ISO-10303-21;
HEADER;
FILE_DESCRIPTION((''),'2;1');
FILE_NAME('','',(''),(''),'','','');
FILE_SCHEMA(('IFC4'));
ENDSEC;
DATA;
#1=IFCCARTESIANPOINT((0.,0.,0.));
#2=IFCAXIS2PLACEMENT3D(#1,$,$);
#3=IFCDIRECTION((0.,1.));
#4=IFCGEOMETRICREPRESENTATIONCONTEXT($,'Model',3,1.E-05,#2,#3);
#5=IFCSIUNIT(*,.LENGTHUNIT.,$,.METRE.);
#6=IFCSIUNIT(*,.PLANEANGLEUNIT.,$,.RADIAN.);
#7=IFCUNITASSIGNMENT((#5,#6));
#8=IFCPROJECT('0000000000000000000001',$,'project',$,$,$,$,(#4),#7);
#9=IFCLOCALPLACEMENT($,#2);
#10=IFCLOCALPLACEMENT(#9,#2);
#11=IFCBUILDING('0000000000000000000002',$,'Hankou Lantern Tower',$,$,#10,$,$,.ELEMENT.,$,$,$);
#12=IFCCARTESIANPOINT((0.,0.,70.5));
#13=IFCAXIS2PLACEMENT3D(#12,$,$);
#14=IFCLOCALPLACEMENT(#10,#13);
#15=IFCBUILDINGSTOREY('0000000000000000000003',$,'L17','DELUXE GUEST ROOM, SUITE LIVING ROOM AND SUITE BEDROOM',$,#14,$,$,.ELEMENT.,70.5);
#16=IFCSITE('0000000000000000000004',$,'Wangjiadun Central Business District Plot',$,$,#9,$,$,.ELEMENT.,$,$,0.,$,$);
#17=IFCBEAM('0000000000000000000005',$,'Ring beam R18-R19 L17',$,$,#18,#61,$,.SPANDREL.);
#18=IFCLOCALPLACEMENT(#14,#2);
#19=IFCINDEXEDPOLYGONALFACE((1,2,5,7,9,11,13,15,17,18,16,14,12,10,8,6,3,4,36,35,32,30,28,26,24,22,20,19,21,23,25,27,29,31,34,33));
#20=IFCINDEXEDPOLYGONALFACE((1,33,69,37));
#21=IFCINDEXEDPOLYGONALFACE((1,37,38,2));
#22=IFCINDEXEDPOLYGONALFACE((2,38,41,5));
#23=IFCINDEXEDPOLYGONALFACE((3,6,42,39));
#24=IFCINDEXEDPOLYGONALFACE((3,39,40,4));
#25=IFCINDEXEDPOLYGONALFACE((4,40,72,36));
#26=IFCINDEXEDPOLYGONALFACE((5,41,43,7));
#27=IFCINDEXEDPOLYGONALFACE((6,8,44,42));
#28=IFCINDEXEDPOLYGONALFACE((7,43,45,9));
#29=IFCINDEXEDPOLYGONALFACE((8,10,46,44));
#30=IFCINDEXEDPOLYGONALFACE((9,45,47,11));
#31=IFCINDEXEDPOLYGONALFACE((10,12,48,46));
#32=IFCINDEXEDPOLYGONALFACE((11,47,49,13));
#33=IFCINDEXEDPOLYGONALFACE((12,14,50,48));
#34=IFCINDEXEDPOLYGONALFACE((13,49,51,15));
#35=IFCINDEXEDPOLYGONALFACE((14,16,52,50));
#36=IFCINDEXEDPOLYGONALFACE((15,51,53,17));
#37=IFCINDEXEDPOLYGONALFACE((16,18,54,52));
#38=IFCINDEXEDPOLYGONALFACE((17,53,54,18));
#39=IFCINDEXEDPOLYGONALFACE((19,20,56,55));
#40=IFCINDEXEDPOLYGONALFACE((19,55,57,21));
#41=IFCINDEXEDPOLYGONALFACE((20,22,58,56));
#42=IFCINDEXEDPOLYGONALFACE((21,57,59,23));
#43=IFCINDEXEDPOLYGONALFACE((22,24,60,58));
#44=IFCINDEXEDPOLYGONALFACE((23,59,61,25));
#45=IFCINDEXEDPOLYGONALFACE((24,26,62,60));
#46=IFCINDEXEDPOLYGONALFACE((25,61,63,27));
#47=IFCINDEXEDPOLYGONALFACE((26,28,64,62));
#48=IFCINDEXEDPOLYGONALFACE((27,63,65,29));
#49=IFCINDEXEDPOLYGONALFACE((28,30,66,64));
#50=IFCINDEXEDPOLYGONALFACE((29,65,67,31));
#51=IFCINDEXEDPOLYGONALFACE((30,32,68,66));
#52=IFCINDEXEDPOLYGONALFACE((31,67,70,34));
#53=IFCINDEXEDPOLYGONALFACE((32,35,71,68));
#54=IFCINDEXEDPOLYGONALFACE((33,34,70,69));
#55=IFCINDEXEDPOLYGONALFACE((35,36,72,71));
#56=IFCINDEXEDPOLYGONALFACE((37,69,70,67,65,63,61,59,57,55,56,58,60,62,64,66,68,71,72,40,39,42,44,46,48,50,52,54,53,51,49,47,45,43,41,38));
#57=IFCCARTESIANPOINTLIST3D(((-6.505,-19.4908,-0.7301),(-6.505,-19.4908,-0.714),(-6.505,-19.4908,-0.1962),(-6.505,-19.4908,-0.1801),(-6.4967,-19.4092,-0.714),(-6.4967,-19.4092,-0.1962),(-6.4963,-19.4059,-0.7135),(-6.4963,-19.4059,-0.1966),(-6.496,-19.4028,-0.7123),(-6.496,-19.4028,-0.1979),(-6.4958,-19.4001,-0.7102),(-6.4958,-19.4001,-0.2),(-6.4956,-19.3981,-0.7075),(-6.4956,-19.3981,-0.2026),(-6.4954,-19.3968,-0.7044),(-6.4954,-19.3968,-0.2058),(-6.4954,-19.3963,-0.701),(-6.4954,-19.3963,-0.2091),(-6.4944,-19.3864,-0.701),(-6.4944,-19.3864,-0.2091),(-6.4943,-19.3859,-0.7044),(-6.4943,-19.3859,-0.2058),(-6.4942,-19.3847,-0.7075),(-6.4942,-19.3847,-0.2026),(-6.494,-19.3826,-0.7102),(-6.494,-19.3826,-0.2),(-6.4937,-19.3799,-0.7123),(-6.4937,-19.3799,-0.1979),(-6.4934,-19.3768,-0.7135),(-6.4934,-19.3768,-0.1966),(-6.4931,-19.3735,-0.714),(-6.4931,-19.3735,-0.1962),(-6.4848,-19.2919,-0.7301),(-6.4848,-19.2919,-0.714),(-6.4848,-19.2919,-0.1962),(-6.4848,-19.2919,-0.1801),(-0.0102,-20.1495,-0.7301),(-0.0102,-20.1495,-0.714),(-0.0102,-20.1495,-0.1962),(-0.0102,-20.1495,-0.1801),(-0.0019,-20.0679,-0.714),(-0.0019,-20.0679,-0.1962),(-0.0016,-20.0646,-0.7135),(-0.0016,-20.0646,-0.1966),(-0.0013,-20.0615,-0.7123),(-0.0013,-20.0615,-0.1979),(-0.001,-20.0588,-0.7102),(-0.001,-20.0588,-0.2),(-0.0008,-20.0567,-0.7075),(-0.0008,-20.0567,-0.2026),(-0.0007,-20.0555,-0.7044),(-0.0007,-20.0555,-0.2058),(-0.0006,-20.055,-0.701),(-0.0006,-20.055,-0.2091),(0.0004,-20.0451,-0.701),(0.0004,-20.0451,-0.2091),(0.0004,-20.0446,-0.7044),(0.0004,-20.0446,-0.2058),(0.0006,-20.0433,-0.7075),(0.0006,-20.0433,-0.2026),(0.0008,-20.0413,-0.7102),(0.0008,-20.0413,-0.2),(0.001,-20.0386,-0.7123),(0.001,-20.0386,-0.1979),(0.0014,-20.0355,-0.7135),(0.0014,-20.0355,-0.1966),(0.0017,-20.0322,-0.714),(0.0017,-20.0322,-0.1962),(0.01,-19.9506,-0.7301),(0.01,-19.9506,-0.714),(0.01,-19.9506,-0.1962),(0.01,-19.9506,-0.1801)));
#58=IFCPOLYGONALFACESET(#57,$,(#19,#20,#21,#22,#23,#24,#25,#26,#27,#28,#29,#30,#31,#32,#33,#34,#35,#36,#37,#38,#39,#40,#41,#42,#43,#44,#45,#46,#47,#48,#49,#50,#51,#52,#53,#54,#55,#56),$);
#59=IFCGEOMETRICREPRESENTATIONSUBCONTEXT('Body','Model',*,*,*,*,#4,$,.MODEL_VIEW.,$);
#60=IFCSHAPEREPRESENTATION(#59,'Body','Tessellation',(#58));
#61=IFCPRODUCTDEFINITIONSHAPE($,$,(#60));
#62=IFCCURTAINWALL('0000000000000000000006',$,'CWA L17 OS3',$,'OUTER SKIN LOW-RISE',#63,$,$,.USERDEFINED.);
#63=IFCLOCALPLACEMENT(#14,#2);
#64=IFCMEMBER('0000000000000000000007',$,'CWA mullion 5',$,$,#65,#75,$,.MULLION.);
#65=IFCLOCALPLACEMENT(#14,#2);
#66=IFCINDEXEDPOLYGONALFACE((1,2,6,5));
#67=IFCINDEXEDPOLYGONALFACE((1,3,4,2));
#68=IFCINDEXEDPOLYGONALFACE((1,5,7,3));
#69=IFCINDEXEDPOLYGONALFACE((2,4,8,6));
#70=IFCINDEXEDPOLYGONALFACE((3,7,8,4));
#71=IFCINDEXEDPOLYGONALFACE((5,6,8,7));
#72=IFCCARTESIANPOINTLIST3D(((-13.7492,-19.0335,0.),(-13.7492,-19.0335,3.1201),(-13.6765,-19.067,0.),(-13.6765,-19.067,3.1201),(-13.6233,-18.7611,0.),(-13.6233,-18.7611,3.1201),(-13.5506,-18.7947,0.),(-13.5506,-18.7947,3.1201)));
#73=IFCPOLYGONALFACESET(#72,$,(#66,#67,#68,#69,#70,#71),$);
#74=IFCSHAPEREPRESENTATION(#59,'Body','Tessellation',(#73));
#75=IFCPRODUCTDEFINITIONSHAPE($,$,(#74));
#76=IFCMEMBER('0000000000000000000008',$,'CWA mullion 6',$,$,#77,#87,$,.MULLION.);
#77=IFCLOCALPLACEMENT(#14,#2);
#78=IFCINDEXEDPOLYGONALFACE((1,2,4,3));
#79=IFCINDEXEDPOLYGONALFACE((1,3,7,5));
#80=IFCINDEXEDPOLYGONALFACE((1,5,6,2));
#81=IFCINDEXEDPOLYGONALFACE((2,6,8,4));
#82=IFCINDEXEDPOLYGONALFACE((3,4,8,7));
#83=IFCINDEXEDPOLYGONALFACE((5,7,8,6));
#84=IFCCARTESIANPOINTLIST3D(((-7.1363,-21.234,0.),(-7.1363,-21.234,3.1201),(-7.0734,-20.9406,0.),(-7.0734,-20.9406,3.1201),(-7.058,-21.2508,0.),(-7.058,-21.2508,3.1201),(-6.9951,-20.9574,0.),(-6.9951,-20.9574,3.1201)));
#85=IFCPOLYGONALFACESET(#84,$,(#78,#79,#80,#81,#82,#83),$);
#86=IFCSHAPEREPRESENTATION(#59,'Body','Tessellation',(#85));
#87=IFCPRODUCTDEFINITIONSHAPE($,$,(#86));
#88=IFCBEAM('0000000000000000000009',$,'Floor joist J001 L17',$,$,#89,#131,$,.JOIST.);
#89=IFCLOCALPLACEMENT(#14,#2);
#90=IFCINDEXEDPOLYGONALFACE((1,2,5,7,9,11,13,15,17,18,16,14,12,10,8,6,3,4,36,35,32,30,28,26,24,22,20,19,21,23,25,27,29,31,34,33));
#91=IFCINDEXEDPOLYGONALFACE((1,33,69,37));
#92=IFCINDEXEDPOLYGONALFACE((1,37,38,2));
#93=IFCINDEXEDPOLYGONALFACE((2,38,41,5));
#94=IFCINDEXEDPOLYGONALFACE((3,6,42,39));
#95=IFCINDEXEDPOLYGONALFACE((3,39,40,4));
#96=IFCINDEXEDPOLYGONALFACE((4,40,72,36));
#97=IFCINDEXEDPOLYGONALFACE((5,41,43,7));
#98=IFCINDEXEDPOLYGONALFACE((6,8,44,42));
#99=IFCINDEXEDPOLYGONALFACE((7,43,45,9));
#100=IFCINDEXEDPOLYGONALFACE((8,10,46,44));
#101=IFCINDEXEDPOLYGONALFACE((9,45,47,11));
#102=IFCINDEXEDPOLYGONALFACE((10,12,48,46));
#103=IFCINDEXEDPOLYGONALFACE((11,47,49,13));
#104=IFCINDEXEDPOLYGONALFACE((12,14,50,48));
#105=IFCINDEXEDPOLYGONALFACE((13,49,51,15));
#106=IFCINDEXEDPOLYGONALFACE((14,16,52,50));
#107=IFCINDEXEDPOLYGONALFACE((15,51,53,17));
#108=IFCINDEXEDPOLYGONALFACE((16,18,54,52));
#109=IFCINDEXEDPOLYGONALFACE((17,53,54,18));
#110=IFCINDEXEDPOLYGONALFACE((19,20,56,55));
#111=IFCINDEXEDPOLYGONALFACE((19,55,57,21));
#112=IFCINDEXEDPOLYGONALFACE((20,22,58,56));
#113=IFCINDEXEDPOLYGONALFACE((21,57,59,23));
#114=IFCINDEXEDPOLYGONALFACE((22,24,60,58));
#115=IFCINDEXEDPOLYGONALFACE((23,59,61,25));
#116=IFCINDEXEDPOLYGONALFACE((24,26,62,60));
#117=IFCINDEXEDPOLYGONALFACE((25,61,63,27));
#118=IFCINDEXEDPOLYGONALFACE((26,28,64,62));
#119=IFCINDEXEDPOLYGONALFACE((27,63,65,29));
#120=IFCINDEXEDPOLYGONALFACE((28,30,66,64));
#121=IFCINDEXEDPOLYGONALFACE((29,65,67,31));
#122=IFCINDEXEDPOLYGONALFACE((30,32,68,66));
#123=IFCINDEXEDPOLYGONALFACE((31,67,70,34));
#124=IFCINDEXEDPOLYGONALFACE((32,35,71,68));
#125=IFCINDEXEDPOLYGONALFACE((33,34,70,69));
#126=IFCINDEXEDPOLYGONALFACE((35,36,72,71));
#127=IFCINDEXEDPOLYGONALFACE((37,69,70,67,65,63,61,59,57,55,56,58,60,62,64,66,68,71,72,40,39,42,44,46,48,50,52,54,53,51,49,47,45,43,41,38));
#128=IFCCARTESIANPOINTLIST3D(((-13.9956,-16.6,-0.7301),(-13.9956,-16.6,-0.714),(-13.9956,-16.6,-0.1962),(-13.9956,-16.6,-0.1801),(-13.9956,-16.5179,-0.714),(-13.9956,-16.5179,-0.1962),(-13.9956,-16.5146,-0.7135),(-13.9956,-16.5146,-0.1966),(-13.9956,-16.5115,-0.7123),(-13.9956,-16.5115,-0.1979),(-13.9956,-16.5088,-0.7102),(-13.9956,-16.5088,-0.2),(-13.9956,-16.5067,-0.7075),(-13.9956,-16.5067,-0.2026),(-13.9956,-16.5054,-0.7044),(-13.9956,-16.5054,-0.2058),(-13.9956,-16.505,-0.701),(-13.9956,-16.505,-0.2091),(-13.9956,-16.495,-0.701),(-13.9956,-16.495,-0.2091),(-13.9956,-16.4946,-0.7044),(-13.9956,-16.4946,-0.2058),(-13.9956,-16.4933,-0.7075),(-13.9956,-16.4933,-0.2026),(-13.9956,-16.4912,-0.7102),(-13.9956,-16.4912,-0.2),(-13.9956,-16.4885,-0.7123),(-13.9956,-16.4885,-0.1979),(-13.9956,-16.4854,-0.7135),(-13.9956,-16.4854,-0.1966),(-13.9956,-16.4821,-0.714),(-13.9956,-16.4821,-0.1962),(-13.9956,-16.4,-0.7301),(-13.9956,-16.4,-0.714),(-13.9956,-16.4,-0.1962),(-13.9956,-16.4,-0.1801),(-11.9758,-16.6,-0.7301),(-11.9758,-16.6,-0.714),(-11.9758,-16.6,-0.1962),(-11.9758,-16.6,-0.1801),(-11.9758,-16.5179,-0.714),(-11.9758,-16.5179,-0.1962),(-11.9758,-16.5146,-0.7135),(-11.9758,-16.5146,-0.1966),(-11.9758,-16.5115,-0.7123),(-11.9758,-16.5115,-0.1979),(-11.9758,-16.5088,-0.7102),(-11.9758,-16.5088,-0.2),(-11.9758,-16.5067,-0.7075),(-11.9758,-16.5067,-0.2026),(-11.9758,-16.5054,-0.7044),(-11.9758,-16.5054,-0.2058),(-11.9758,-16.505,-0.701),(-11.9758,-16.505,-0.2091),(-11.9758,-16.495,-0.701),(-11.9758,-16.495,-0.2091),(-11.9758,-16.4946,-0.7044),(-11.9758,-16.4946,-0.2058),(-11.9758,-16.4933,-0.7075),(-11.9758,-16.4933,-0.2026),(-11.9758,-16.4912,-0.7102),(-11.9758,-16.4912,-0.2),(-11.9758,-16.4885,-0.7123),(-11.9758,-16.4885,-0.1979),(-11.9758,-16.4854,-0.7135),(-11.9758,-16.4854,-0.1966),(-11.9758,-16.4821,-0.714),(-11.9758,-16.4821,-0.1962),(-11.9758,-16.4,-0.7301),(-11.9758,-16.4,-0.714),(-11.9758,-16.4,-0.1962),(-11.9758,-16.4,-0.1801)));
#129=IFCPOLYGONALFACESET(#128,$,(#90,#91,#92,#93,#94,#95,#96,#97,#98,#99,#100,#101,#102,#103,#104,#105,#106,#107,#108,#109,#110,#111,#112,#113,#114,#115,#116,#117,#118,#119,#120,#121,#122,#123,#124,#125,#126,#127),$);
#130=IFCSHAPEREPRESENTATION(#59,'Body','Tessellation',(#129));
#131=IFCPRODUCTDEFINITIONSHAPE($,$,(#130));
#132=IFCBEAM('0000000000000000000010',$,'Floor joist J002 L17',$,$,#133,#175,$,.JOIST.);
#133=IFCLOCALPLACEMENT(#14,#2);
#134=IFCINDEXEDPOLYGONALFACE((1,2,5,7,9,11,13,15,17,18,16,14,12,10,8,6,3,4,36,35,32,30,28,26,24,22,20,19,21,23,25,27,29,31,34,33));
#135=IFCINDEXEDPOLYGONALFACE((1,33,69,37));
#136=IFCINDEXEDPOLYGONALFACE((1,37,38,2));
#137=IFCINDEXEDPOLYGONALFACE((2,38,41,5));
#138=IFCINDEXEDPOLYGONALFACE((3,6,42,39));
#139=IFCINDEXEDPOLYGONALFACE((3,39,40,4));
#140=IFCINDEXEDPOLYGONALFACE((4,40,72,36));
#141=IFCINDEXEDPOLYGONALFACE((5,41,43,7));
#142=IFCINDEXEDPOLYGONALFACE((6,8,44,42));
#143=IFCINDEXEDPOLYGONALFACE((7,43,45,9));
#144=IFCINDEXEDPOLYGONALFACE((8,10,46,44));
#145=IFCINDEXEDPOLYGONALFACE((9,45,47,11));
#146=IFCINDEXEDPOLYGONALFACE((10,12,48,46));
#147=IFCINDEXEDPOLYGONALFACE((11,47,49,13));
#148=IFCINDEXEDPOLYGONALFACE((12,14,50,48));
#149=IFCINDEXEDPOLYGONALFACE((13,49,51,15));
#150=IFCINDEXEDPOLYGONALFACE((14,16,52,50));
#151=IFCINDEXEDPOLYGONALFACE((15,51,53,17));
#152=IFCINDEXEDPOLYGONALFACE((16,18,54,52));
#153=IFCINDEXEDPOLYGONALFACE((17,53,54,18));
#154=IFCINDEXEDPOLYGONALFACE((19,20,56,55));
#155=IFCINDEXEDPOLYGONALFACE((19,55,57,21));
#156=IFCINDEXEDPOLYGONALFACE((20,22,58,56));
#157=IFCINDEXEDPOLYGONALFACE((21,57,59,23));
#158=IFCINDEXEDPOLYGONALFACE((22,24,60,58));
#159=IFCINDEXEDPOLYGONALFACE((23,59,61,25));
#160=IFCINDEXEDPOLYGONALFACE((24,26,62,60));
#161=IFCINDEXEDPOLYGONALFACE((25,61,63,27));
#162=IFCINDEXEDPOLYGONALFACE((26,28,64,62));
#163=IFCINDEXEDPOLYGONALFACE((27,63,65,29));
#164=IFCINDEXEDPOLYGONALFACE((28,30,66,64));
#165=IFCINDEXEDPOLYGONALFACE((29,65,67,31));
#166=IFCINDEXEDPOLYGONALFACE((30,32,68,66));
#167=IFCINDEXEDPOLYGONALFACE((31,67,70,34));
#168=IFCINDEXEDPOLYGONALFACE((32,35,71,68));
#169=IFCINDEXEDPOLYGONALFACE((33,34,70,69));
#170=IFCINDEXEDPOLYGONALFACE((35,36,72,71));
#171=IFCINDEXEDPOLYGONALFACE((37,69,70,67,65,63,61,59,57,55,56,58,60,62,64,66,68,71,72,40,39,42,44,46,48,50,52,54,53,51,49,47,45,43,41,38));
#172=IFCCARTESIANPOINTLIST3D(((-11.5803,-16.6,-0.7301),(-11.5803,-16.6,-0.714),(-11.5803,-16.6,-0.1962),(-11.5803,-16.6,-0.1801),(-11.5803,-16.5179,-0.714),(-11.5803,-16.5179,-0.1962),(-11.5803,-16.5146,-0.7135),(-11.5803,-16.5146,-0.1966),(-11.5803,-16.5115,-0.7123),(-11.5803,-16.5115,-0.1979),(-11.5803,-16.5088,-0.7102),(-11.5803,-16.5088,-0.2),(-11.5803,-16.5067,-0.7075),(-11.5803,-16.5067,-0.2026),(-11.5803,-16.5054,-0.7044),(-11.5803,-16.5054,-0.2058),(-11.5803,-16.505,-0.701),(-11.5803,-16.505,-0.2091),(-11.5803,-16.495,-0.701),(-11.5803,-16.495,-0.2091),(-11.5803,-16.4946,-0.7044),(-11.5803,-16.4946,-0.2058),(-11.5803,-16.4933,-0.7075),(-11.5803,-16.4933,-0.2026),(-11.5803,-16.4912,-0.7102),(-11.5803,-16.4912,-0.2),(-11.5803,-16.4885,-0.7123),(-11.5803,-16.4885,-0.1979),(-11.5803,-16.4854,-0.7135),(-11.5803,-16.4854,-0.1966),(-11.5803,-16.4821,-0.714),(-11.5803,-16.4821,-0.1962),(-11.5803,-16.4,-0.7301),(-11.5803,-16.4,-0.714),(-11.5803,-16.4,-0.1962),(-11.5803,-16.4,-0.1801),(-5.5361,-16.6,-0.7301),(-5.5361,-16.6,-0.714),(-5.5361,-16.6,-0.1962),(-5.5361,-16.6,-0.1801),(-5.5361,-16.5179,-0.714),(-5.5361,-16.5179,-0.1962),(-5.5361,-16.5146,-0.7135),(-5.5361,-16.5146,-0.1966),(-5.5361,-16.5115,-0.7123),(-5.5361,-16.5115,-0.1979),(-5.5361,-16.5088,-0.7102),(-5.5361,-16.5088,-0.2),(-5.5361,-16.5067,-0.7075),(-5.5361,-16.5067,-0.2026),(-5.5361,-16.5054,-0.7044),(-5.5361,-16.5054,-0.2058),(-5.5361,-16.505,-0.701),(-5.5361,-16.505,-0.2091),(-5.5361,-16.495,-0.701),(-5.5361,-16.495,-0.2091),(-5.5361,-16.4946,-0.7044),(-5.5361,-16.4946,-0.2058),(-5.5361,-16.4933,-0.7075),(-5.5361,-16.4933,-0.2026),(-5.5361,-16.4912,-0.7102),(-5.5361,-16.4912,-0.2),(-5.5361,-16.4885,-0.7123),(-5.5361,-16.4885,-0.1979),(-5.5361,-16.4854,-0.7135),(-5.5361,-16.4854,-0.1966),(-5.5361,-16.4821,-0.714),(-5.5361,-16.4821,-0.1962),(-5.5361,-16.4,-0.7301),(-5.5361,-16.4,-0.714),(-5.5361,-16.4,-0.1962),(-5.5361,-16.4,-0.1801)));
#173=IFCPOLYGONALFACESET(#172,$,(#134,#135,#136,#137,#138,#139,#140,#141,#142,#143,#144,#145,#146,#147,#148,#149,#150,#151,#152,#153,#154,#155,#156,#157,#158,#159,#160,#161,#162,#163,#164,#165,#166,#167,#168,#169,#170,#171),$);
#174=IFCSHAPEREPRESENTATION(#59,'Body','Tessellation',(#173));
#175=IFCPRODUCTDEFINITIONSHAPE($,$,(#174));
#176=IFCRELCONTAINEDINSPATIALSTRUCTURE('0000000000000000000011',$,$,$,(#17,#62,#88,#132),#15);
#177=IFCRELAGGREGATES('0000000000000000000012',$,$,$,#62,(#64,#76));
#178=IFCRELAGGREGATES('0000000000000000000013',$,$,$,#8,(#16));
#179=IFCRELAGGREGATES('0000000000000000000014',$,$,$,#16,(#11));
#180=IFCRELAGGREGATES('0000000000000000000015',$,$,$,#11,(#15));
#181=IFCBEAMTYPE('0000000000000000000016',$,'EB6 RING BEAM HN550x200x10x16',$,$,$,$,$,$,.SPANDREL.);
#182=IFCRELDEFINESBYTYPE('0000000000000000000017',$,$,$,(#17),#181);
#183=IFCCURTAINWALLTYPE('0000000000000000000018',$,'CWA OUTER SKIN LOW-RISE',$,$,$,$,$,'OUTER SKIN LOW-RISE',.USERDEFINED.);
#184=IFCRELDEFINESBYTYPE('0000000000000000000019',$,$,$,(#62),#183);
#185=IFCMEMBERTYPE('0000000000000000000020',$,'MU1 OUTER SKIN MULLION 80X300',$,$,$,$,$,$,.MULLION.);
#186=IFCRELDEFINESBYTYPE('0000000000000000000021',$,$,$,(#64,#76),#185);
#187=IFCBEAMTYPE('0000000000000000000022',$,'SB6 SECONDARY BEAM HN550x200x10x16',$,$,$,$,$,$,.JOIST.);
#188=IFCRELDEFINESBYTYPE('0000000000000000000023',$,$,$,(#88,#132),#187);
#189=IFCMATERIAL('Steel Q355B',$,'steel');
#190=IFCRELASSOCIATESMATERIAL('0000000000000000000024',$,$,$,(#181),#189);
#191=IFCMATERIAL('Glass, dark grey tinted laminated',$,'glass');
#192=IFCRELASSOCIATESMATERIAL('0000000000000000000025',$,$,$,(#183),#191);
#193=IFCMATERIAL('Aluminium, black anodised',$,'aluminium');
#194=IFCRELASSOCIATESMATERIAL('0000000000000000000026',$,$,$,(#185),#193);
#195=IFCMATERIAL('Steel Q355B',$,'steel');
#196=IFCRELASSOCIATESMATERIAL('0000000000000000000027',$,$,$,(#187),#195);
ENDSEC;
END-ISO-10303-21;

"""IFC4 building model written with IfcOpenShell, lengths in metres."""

from ifc_helpers import new_model, si_unit, direction, frame, origin, origin_2d, place, context, subcontext, project, spatial, rectangle, i_section, extrude, material, material_profile, profile_set, type_object, element, aggregate, save


model = new_model("IFC4")

# Units and contexts
model_context = context("Model", 3, precision=1e-05, world=origin(), true_north=direction((0.0, 1.0)))
body_context = subcontext(model_context, "Body", "Model", "MODEL_VIEW")
ifc_project = project(units=[si_unit("LENGTHUNIT", "METRE"), si_unit("PLANEANGLEUNIT", "RADIAN")], contexts=[model_context])

# Site, building, storey
site_placement = place(None, origin())
site = spatial("IfcSite", under=ifc_project, at=site_placement, Name="Wangjiadun Central Business District Plot", CompositionType="ELEMENT", RefElevation=0.0)
building_placement = place(site_placement, origin())
building = spatial("IfcBuilding", under=site, at=building_placement, Name="Hankou Lantern Tower", CompositionType="ELEMENT")
storey_placement = place(building_placement, frame((0.0, 0.0, 70.5)))
storey = spatial("IfcBuildingStorey", under=building, at=storey_placement, Name="L17", Description="DELUXE GUEST ROOM, SUITE LIVING ROOM AND SUITE BEDROOM", CompositionType="ELEMENT", Elevation=70.5)

# Beam
ifc_material_1 = material(Name="Steel Q355B", Category="steel")
ifc_material_profile_1 = material_profile(ifc_material_1, i_section(OverallWidth=0.2, OverallDepth=0.55, WebThickness=0.01, FlangeThickness=0.0161, FilletRadius=0.0129, at=origin_2d()), Name="HN550x200x10x16")
ifc_profile_set_1 = profile_set([ifc_material_profile_1], Name="Steel Q355B")
beam_type_1 = type_object("IfcBeamType", Name="EB6 RING BEAM HN550x200x10x16", PredefinedType="SPANDREL", material=ifc_profile_set_1)
beam_1_placement = place(storey_placement, frame((-6.4949, -19.3914, -0.4551), z_axis=(0.994897, -0.1009, 0.0), x_axis=(0.1009, 0.994897, 0.0)))
element("IfcBeam", 1, at=beam_1_placement, inside=storey, type_object=beam_type_1, Name="Ring beam R18-R19 L17", PredefinedType="SPANDREL", context=body_context, shape_type="SweptSolid", body=[
    extrude(i_section(OverallWidth=0.2, OverallDepth=0.55, WebThickness=0.01, FlangeThickness=0.0161, FilletRadius=0.0129, at=origin_2d()), origin(), (0.0, 0.0, 1.0), 6.5281),
])

# Curtain wall, members
ifc_material_2 = material(Name="Glass, dark grey tinted laminated", Category="glass")
curtain_wall_type = type_object("IfcCurtainWallType", Name="CWA OUTER SKIN LOW-RISE", ElementType="OUTER SKIN LOW-RISE", PredefinedType="USERDEFINED", material=ifc_material_2)
curtain_wall_placement = place(storey_placement, origin())
curtain_wall = element("IfcCurtainWall", 2, at=curtain_wall_placement, inside=storey, type_object=curtain_wall_type, Name="CWA L17 OS3", ObjectType="OUTER SKIN LOW-RISE", PredefinedType="USERDEFINED")
ifc_material_3 = material(Name="Aluminium, black anodised", Category="aluminium")
ifc_material_profile_2 = material_profile(ifc_material_3, rectangle(XDim=0.0801, YDim=0.3, at=origin_2d()), Name="MU1 80X300")
ifc_profile_set_2 = profile_set([ifc_material_profile_2], Name="Aluminium, black anodised")
member_type_1 = type_object("IfcMemberType", Name="MU1 OUTER SKIN MULLION 80X300", PredefinedType="MULLION", material=ifc_profile_set_2)
member_1_placement = place(storey_placement, frame((-13.6499, -18.9141, 0.0), z_axis=(0.0, 0.0, 1.0), x_axis=(0.907841, -0.419314, 0.0)))
member_1 = element("IfcMember", 3, at=member_1_placement, type_object=member_type_1, Name="CWA mullion 5", PredefinedType="MULLION", context=body_context, shape_type="SweptSolid", body=[
    extrude(rectangle(XDim=0.0801, YDim=0.3, at=origin_2d()), origin(), (0.0, 0.0, 1.0), 3.1201),
])
member_2_placement = place(storey_placement, frame((-7.0657, -21.0957, 0.0), z_axis=(0.0, 0.0, 1.0), x_axis=(0.977788, -0.209598, 0.0)))
member_2 = element("IfcMember", 4, at=member_2_placement, type_object=member_type_1, Name="CWA mullion 6", PredefinedType="MULLION", context=body_context, shape_type="SweptSolid", body=[
    extrude(rectangle(XDim=0.0801, YDim=0.3, at=origin_2d()), origin(), (0.0, 0.0, 1.0), 3.1201),
])

# Beams
ifc_material_4 = material(Name="Steel Q355B", Category="steel")
ifc_material_profile_3 = material_profile(ifc_material_4, i_section(OverallWidth=0.2, OverallDepth=0.55, WebThickness=0.01, FlangeThickness=0.0161, FilletRadius=0.0129, at=origin_2d()), Name="HN550x200x10x16")
ifc_profile_set_3 = profile_set([ifc_material_profile_3], Name="Steel Q355B")
beam_type_2 = type_object("IfcBeamType", Name="SB6 SECONDARY BEAM HN550x200x10x16", PredefinedType="JOIST", material=ifc_profile_set_3)
beam_2_placement = place(storey_placement, frame((-13.9956, -16.5, -0.4551), z_axis=(1.0, 0.0, 0.0), x_axis=(0.0, 1.0, 0.0)))
element("IfcBeam", 5, at=beam_2_placement, inside=storey, type_object=beam_type_2, Name="Floor joist J001 L17", PredefinedType="JOIST", context=body_context, shape_type="SweptSolid", body=[
    extrude(i_section(OverallWidth=0.2, OverallDepth=0.55, WebThickness=0.01, FlangeThickness=0.0161, FilletRadius=0.0129, at=origin_2d()), origin(), (0.0, 0.0, 1.0), 2.0198),
])
beam_3_placement = place(storey_placement, frame((-11.5803, -16.5, -0.4551), z_axis=(1.0, 0.0, 0.0), x_axis=(0.0, 1.0, 0.0)))
element("IfcBeam", 6, at=beam_3_placement, inside=storey, type_object=beam_type_2, Name="Floor joist J002 L17", PredefinedType="JOIST", context=body_context, shape_type="SweptSolid", body=[
    extrude(i_section(OverallWidth=0.2, OverallDepth=0.55, WebThickness=0.01, FlangeThickness=0.0161, FilletRadius=0.0129, at=origin_2d()), origin(), (0.0, 0.0, 1.0), 6.0442),
])

aggregate(curtain_wall, [member_1, member_2])

save(model, "model.ifc")
